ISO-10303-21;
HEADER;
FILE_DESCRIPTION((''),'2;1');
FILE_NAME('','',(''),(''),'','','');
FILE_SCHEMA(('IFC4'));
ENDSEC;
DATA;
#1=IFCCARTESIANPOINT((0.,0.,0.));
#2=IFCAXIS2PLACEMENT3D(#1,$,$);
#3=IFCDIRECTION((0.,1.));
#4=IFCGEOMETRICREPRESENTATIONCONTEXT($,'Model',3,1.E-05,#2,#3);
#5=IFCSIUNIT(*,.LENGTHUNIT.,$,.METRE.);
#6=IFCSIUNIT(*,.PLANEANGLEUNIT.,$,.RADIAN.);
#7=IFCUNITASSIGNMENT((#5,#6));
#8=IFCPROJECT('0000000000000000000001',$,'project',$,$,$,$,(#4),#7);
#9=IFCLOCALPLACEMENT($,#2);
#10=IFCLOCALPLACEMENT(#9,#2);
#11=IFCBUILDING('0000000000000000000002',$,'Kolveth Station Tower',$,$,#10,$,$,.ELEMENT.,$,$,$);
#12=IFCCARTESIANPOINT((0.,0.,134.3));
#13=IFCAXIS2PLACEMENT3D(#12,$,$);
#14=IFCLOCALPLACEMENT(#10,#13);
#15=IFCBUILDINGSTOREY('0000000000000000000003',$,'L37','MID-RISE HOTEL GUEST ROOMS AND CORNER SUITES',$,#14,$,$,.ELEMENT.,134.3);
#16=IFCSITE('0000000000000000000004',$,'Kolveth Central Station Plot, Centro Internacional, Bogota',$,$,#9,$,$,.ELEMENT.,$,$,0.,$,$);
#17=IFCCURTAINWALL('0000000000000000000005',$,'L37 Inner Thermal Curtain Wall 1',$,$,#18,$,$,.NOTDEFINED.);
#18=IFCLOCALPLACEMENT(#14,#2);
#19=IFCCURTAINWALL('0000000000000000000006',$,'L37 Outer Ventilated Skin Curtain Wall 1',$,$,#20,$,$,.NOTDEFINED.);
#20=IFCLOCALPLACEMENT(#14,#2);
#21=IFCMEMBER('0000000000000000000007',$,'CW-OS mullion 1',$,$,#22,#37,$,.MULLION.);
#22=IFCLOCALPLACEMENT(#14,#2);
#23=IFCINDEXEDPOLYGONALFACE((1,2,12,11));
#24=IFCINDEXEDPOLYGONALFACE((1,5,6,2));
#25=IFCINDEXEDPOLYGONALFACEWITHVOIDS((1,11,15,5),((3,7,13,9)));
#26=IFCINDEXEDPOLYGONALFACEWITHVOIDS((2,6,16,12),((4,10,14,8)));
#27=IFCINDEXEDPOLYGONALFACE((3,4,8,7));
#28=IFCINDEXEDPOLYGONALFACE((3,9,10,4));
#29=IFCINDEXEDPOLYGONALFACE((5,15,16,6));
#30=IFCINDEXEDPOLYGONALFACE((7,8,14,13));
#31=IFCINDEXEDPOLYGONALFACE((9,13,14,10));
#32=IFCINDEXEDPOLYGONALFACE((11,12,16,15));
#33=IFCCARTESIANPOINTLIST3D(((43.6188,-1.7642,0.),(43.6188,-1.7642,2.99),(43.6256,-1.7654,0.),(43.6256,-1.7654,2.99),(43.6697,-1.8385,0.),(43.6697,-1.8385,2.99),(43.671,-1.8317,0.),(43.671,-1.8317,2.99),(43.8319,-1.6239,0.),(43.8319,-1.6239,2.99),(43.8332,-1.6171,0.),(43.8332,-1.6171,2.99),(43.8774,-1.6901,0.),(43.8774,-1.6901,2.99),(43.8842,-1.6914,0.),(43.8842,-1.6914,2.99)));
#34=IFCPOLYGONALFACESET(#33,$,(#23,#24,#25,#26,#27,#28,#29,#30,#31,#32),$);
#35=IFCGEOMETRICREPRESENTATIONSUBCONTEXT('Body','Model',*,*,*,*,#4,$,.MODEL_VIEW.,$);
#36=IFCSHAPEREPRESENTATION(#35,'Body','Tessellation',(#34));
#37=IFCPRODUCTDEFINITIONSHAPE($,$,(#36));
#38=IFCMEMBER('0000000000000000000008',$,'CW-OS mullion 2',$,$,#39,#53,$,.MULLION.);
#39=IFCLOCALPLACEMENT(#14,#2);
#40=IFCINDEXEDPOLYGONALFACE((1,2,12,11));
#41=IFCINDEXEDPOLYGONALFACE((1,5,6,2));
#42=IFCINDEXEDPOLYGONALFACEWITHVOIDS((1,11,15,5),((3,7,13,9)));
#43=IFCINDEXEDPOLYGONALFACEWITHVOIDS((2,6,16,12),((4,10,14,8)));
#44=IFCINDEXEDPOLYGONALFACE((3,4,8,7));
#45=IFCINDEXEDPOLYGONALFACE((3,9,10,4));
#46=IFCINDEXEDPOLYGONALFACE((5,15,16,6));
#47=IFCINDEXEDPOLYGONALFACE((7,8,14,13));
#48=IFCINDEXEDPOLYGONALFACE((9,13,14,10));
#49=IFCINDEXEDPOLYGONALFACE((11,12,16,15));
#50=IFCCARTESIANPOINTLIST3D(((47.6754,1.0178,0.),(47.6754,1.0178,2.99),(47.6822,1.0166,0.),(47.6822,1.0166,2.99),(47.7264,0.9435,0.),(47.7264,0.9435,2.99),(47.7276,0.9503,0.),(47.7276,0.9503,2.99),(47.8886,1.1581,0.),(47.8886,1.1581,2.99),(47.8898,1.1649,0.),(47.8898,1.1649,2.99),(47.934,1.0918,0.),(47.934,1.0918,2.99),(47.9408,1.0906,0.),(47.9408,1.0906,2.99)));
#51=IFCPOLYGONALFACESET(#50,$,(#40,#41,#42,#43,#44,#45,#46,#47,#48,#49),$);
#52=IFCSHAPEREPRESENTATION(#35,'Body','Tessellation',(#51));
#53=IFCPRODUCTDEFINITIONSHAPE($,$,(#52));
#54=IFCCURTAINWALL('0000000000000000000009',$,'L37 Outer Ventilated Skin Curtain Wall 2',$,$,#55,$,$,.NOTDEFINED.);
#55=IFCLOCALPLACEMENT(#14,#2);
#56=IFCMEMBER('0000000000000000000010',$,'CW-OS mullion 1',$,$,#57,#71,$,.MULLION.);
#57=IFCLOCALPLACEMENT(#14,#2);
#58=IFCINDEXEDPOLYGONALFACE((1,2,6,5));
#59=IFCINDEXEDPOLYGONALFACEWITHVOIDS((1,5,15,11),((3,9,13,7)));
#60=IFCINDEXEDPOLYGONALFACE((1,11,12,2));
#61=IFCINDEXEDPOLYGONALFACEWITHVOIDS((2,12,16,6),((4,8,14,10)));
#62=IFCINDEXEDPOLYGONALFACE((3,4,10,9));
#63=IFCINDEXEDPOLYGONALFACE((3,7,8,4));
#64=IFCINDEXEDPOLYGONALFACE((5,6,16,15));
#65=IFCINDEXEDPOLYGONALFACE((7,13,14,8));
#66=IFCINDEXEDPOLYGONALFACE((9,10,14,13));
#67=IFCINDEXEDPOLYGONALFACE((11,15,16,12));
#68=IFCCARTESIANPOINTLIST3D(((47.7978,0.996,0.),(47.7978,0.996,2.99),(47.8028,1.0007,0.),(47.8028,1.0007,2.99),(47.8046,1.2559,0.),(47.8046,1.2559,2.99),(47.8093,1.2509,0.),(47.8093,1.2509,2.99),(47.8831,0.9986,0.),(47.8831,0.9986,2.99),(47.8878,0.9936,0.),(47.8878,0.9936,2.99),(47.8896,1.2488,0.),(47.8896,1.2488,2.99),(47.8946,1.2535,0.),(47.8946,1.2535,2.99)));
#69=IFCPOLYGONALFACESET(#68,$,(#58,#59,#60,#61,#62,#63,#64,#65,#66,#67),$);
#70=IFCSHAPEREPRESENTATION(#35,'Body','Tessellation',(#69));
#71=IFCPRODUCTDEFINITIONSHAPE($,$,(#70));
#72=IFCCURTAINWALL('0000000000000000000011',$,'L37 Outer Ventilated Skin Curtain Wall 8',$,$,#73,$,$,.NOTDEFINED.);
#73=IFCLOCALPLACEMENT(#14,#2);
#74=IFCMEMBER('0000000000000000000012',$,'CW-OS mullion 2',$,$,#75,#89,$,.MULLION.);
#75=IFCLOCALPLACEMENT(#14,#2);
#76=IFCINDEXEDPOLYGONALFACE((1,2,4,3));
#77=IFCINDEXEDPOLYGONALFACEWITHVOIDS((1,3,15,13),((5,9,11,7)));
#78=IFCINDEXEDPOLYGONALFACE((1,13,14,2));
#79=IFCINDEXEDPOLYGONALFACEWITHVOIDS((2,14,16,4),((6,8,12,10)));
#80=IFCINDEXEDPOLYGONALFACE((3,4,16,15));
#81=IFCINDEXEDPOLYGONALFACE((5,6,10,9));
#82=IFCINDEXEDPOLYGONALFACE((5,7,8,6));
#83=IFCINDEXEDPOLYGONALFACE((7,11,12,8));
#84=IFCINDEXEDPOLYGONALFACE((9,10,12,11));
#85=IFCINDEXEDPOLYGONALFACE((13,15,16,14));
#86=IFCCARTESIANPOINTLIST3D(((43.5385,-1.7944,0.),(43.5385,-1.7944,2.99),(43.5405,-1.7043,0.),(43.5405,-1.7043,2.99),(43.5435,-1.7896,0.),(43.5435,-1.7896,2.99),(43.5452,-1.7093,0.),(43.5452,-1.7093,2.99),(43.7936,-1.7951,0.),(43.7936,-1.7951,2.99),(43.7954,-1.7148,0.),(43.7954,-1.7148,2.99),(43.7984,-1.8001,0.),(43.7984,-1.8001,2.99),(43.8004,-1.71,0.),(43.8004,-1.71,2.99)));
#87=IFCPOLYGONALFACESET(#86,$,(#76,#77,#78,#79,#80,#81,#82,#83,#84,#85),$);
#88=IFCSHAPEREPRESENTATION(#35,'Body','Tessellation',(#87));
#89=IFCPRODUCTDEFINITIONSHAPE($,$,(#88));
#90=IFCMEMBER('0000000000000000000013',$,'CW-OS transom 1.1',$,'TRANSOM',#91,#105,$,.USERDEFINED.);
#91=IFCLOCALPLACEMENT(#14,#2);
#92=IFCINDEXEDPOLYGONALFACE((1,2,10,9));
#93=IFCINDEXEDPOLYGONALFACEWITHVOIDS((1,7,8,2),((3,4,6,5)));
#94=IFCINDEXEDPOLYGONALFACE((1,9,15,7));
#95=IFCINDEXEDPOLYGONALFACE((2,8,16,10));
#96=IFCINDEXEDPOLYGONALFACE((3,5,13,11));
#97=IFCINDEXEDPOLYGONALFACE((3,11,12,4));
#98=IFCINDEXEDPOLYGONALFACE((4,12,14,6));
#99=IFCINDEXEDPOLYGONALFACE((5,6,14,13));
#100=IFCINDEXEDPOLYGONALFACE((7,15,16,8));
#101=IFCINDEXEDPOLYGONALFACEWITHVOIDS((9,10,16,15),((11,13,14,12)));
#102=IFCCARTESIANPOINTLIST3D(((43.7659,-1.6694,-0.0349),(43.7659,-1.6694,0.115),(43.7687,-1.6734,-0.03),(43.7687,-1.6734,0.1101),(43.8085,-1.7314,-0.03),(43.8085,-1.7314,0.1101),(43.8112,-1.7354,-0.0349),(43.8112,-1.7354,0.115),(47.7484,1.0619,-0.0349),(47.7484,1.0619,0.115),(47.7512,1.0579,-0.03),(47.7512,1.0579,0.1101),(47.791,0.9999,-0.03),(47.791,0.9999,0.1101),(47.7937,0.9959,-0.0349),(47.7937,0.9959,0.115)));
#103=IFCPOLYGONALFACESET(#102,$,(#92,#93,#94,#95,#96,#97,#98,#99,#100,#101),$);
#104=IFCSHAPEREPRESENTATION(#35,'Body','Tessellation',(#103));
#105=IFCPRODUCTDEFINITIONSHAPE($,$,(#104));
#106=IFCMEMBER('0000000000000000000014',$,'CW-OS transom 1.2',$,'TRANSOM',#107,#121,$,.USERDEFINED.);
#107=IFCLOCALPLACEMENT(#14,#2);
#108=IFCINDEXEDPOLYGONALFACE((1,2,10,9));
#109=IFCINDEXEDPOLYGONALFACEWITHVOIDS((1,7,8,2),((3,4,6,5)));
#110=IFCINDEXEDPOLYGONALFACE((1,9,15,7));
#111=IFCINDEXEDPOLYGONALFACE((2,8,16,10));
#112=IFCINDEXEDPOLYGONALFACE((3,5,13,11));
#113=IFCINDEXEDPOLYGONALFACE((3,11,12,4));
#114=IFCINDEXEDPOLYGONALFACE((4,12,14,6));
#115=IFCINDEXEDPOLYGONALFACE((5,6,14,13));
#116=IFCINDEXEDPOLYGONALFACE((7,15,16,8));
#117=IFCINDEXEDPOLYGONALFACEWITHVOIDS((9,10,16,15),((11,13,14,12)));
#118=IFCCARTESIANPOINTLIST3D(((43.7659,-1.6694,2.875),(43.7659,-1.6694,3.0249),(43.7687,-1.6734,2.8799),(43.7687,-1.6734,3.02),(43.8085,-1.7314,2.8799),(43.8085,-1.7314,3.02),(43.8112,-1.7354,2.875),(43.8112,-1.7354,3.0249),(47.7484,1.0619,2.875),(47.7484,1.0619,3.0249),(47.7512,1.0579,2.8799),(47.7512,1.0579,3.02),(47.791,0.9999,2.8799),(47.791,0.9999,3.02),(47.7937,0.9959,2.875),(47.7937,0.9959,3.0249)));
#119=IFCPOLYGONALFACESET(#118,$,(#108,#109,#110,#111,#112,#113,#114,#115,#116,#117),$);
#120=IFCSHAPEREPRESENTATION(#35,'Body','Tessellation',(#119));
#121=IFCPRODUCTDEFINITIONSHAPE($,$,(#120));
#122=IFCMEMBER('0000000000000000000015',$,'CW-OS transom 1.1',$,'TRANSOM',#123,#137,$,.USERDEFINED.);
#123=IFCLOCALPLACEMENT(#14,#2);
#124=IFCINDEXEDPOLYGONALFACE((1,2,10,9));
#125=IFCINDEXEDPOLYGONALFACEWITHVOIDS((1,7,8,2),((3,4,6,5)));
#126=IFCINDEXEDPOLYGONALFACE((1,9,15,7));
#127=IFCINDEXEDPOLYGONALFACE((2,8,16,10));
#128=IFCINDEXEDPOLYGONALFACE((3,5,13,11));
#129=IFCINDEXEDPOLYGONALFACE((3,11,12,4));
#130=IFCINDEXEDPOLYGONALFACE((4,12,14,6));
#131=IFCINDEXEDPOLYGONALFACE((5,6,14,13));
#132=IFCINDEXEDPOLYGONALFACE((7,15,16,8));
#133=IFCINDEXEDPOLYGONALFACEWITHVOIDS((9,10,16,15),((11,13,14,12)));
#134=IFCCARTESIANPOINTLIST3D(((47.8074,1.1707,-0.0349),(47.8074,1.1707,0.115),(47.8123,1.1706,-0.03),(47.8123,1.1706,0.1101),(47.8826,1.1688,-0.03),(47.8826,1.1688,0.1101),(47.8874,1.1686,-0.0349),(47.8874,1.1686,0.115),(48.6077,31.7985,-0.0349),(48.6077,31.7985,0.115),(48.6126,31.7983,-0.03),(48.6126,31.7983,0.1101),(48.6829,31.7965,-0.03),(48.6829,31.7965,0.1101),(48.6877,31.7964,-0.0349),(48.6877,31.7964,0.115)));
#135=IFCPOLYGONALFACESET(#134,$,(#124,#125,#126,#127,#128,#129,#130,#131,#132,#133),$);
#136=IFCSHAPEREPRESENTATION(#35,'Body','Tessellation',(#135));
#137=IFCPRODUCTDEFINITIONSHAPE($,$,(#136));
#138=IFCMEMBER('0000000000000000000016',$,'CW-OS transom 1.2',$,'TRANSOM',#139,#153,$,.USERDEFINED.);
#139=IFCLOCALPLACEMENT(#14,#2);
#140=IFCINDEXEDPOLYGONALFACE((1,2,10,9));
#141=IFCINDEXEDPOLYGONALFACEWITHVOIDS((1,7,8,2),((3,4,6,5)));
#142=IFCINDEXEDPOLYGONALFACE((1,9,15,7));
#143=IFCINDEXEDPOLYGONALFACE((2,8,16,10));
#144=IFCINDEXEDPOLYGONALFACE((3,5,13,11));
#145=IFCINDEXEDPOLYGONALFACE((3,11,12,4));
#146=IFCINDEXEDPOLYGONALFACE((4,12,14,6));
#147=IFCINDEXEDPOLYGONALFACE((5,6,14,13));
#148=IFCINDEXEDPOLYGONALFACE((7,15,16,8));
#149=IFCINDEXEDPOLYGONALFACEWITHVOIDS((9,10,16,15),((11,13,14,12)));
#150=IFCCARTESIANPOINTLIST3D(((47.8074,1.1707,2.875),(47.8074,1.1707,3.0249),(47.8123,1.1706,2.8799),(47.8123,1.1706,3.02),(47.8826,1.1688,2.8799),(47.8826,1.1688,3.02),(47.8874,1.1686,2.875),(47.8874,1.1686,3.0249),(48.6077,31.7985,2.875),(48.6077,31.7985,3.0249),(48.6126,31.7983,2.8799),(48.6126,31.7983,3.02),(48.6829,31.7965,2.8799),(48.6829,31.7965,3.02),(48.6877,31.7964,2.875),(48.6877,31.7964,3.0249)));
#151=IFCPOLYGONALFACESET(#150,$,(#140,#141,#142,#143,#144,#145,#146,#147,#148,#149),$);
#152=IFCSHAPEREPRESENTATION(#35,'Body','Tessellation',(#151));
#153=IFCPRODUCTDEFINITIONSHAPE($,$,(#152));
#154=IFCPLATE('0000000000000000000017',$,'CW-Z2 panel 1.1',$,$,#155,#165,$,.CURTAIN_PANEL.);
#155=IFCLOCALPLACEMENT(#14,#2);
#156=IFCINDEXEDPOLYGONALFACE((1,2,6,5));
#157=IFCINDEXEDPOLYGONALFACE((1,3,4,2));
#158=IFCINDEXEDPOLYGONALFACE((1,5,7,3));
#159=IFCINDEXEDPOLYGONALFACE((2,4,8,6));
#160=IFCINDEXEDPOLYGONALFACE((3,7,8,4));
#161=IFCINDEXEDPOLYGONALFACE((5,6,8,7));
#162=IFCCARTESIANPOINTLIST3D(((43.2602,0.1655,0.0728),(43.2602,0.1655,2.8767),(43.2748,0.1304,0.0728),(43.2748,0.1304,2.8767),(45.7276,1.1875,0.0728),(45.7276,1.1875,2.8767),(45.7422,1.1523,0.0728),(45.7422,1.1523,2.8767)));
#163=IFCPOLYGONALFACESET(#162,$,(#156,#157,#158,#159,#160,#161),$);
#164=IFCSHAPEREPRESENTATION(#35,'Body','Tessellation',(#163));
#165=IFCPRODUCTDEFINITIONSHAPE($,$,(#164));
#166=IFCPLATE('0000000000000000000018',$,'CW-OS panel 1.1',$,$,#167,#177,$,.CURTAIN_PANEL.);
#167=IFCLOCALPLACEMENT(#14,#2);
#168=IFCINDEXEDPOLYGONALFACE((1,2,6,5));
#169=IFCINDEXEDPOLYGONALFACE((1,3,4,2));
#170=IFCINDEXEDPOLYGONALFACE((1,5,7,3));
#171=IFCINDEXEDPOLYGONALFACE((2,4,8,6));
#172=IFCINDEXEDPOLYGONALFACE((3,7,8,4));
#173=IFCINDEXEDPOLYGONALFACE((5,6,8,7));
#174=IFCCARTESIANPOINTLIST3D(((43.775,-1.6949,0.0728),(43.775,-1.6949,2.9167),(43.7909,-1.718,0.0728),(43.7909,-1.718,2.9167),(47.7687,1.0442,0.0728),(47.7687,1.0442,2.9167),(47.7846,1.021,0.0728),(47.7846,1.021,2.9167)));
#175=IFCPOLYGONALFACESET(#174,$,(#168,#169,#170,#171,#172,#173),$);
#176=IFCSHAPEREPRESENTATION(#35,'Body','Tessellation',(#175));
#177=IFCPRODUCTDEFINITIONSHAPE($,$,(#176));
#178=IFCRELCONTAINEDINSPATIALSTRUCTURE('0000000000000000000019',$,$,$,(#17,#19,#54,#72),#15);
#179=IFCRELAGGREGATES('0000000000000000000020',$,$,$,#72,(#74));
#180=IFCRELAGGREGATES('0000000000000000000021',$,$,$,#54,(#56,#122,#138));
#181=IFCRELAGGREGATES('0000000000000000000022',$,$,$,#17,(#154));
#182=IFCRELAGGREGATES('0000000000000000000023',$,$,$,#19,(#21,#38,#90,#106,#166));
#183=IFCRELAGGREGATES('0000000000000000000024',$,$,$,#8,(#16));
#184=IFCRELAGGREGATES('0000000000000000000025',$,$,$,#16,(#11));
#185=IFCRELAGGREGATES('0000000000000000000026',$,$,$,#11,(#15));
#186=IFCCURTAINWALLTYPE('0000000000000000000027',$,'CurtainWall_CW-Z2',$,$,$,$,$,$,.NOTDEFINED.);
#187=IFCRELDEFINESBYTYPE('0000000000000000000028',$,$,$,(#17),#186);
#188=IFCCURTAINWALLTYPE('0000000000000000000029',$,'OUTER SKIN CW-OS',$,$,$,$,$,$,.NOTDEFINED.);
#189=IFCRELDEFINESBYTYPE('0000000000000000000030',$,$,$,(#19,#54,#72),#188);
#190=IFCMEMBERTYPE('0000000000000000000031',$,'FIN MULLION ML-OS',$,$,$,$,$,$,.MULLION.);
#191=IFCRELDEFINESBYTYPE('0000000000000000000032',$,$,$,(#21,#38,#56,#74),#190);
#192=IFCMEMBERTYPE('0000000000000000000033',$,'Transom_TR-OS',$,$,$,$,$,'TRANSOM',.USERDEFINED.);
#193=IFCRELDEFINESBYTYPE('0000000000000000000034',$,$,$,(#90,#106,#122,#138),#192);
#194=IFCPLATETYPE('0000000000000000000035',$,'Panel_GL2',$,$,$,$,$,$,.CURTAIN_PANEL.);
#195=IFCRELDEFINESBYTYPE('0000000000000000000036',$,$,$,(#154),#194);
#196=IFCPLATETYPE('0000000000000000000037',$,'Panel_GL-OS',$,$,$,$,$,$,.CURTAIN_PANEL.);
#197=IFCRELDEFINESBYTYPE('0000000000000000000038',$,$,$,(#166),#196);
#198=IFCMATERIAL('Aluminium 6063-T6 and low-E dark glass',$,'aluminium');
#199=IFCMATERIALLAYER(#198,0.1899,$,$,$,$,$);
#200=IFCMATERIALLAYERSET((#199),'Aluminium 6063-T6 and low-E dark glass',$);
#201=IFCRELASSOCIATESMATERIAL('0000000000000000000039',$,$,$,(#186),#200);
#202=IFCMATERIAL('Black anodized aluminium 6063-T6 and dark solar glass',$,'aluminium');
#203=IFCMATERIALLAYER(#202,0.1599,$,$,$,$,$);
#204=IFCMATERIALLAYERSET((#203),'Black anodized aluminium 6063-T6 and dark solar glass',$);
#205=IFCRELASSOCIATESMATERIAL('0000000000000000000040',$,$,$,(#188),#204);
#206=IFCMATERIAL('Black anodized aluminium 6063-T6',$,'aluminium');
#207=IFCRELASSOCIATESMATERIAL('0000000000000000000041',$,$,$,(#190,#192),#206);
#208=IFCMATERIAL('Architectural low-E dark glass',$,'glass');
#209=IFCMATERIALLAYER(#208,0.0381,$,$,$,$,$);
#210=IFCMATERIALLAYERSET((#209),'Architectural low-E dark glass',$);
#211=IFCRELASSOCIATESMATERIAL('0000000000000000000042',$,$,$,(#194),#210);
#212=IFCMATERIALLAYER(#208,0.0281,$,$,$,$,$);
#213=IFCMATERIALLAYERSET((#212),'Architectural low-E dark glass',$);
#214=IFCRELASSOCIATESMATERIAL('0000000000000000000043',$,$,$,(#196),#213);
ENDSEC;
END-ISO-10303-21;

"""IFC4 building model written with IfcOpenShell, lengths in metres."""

from ifc_helpers import new_model, si_unit, direction, frame, origin, origin_2d, place, context, subcontext, project, spatial, rectangle, hollow_rectangle, extrude, source, transform, mapped, material, layer, layer_set, material_profile, profile_set, type_object, element, aggregate, save


model = new_model("IFC4")

# Units and contexts
model_context = context("Model", 3, precision=1e-05, world=origin(), true_north=direction((0.0, 1.0)))
body_context = subcontext(model_context, "Body", "Model", "MODEL_VIEW")
ifc_project = project(units=[si_unit("LENGTHUNIT", "METRE"), si_unit("PLANEANGLEUNIT", "RADIAN")], contexts=[model_context])

# Site, building, storey
site_placement = place(None, origin())
site = spatial("IfcSite", under=ifc_project, at=site_placement, Name="Kolveth Central Station Plot, Centro Internacional, Bogota", CompositionType="ELEMENT", RefElevation=0.0)
building_placement = place(site_placement, origin())
building = spatial("IfcBuilding", under=site, at=building_placement, Name="Kolveth Station Tower", CompositionType="ELEMENT")
storey_placement = place(building_placement, frame((0.0, 0.0, 134.3)))
storey = spatial("IfcBuildingStorey", under=building, at=storey_placement, Name="L37", Description="MID-RISE HOTEL GUEST ROOMS AND CORNER SUITES", CompositionType="ELEMENT", Elevation=134.3)

# Curtain wall
ifc_material_1 = material(Name="Aluminium 6063-T6 and low-E dark glass", Category="aluminium")
ifc_layer_1 = layer(ifc_material_1, 0.1899)
ifc_layer_set_1 = layer_set([ifc_layer_1], Name="Aluminium 6063-T6 and low-E dark glass")
curtain_wall_type_1 = type_object("IfcCurtainWallType", Name="CurtainWall_CW-Z2", PredefinedType="NOTDEFINED", material=ifc_layer_set_1)
curtain_wall_1_placement = place(storey_placement, origin())
curtain_wall_1 = element("IfcCurtainWall", 1, at=curtain_wall_1_placement, inside=storey, type_object=curtain_wall_type_1, Name="L37 Inner Thermal Curtain Wall 1", PredefinedType="NOTDEFINED")
ifc_material_2 = material(Name="Black anodized aluminium 6063-T6", Category="aluminium")

# Curtain wall, members
ifc_material_3 = material(Name="Black anodized aluminium 6063-T6 and dark solar glass", Category="aluminium")
ifc_layer_2 = layer(ifc_material_3, 0.1599)
ifc_layer_set_2 = layer_set([ifc_layer_2], Name="Black anodized aluminium 6063-T6 and dark solar glass")
curtain_wall_type_2 = type_object("IfcCurtainWallType", Name="OUTER SKIN CW-OS", PredefinedType="NOTDEFINED", material=ifc_layer_set_2)
curtain_wall_2_placement = place(storey_placement, origin())
curtain_wall_2 = element("IfcCurtainWall", 2, at=curtain_wall_2_placement, inside=storey, type_object=curtain_wall_type_2, Name="L37 Outer Ventilated Skin Curtain Wall 1", PredefinedType="NOTDEFINED")
ifc_material_profile_1 = material_profile(ifc_material_2, hollow_rectangle(XDim=0.0901, YDim=0.26, WallThickness=0.0049, at=origin_2d()), Name="ALU-90x260x5")
ifc_profile_set_1 = profile_set([ifc_material_profile_1], Name="Black anodized aluminium 6063-T6")
member_type_1 = type_object("IfcMemberType", Name="FIN MULLION ML-OS", PredefinedType="MULLION", material=ifc_profile_set_1)
shared_shape_1 = source(origin(), body_context, "Body", "SweptSolid", [
    extrude(hollow_rectangle(XDim=0.0901, YDim=0.26, WallThickness=0.0049, at=origin_2d()), origin(), (0.0, 0.0, 1.0), 2.99),
])
member_1_placement = place(storey_placement, frame((43.7515, -1.7278, 0.0), z_axis=(0.0, 0.0, 1.0), x_axis=(-0.565599, 0.82468, 0.0)))
member_1 = element("IfcMember", 3, at=member_1_placement, type_object=member_type_1, Name="CW-OS mullion 1", PredefinedType="MULLION", context=body_context, shape_type="MappedRepresentation", body=[
    mapped(shared_shape_1, transform((0.0, 0.0, 0.0), x_axis=(1.0, 0.0, 0.0), y_axis=(0.0, 1.0, 0.0), z_axis=(0.0, 0.0, 1.0), scale=1.0)),
])
member_2_placement = place(storey_placement, frame((47.8081, 1.0542, 0.0), z_axis=(0.0, 0.0, 1.0), x_axis=(-0.565599, 0.82468, 0.0)))
member_2 = element("IfcMember", 4, at=member_2_placement, type_object=member_type_1, Name="CW-OS mullion 2", PredefinedType="MULLION", context=body_context, shape_type="MappedRepresentation", body=[
    mapped(shared_shape_1, transform((0.0, 0.0, 0.0), x_axis=(1.0, 0.0, 0.0), y_axis=(0.0, 1.0, 0.0), z_axis=(0.0, 0.0, 1.0), scale=1.0)),
])

# Curtain walls, members
curtain_wall_3_placement = place(storey_placement, origin())
curtain_wall_3 = element("IfcCurtainWall", 5, at=curtain_wall_3_placement, inside=storey, type_object=curtain_wall_type_2, Name="L37 Outer Ventilated Skin Curtain Wall 2", PredefinedType="NOTDEFINED")
member_3_placement = place(storey_placement, frame((47.8462, 1.1248, 0.0), z_axis=(0.0, 0.0, 1.0), x_axis=(-0.999659, 0.026118, 0.0)))
member_3 = element("IfcMember", 6, at=member_3_placement, type_object=member_type_1, Name="CW-OS mullion 1", PredefinedType="MULLION", context=body_context, shape_type="MappedRepresentation", body=[
    mapped(shared_shape_1, transform((0.0, 0.0, 0.0), x_axis=(1.0, 0.0, 0.0), y_axis=(0.0, 1.0, 0.0), z_axis=(0.0, 0.0, 1.0), scale=1.0)),
])
curtain_wall_4_placement = place(storey_placement, origin())
curtain_wall_4 = element("IfcCurtainWall", 7, at=curtain_wall_4_placement, inside=storey, type_object=curtain_wall_type_2, Name="L37 Outer Ventilated Skin Curtain Wall 8", PredefinedType="NOTDEFINED")
member_4_placement = place(storey_placement, frame((43.6694, -1.7522, 0.0), z_axis=(0.0, 0.0, 1.0), x_axis=(0.022084, 0.999756, 0.0)))
member_4 = element("IfcMember", 8, at=member_4_placement, type_object=member_type_1, Name="CW-OS mullion 2", PredefinedType="MULLION", context=body_context, shape_type="MappedRepresentation", body=[
    mapped(shared_shape_1, transform((0.0, 0.0, 0.0), x_axis=(1.0, 0.0, 0.0), y_axis=(0.0, 1.0, 0.0), z_axis=(0.0, 0.0, 1.0), scale=1.0)),
])
aggregate(curtain_wall_4, [member_4])

# Members
ifc_material_profile_2 = material_profile(ifc_material_2, hollow_rectangle(XDim=0.0801, YDim=0.1499, WallThickness=0.0049, at=origin_2d()), Name="ALU-80x150x5")
ifc_profile_set_2 = profile_set([ifc_material_profile_2], Name="Black anodized aluminium 6063-T6")
member_type_2 = type_object("IfcMemberType", Name="Transom_TR-OS", ElementType="TRANSOM", PredefinedType="USERDEFINED", material=ifc_profile_set_2)
shared_shape_2 = source(origin(), body_context, "Body", "SweptSolid", [
    extrude(hollow_rectangle(XDim=0.0801, YDim=0.1499, WallThickness=0.0049, at=origin_2d()), origin(), (0.0, 0.0, 1.0), 4.8291),
])
member_5_placement = place(storey_placement, frame((43.7886, -1.7024, 0.04), z_axis=(0.82469, 0.565584, 0.0), x_axis=(-0.565584, 0.82469, 0.0)))
member_5 = element("IfcMember", 9, at=member_5_placement, type_object=member_type_2, Name="CW-OS transom 1.1", ObjectType="TRANSOM", PredefinedType="USERDEFINED", context=body_context, shape_type="MappedRepresentation", body=[
    mapped(shared_shape_2, transform((0.0, 0.0, 0.0), x_axis=(1.0, 0.0, 0.0), y_axis=(0.0, 1.0, 0.0), z_axis=(0.0, 0.0, 1.0), scale=1.0)),
])
member_6_placement = place(storey_placement, frame((43.7886, -1.7024, 2.95), z_axis=(0.82469, 0.565584, 0.0), x_axis=(-0.565584, 0.82469, 0.0)))
member_6 = element("IfcMember", 10, at=member_6_placement, type_object=member_type_2, Name="CW-OS transom 1.2", ObjectType="TRANSOM", PredefinedType="USERDEFINED", context=body_context, shape_type="MappedRepresentation", body=[
    mapped(shared_shape_2, transform((0.0, 0.0, 0.0), x_axis=(1.0, 0.0, 0.0), y_axis=(0.0, 1.0, 0.0), z_axis=(0.0, 0.0, 1.0), scale=1.0)),
])
shared_shape_3 = source(origin(), body_context, "Body", "SweptSolid", [
    extrude(hollow_rectangle(XDim=0.0801, YDim=0.1499, WallThickness=0.0049, at=origin_2d()), origin(), (0.0, 0.0, 1.0), 30.6382),
])
member_7_placement = place(storey_placement, frame((47.8474, 1.1697, 0.04), z_axis=(0.026121, 0.999659, 0.0), x_axis=(-0.999659, 0.026121, 0.0)))
member_7 = element("IfcMember", 11, at=member_7_placement, type_object=member_type_2, Name="CW-OS transom 1.1", ObjectType="TRANSOM", PredefinedType="USERDEFINED", context=body_context, shape_type="MappedRepresentation", body=[
    mapped(shared_shape_3, transform((0.0, 0.0, 0.0), x_axis=(1.0, 0.0, 0.0), y_axis=(0.0, 1.0, 0.0), z_axis=(0.0, 0.0, 1.0), scale=1.0)),
])
member_8_placement = place(storey_placement, frame((47.8474, 1.1697, 2.95), z_axis=(0.026121, 0.999659, 0.0), x_axis=(-0.999659, 0.026121, 0.0)))
member_8 = element("IfcMember", 12, at=member_8_placement, type_object=member_type_2, Name="CW-OS transom 1.2", ObjectType="TRANSOM", PredefinedType="USERDEFINED", context=body_context, shape_type="MappedRepresentation", body=[
    mapped(shared_shape_3, transform((0.0, 0.0, 0.0), x_axis=(1.0, 0.0, 0.0), y_axis=(0.0, 1.0, 0.0), z_axis=(0.0, 0.0, 1.0), scale=1.0)),
])
aggregate(curtain_wall_3, [member_3, member_7, member_8])

# Plates
ifc_material_4 = material(Name="Architectural low-E dark glass", Category="glass")
ifc_layer_3 = layer(ifc_material_4, 0.0381)
ifc_layer_set_3 = layer_set([ifc_layer_3], Name="Architectural low-E dark glass")
plate_type_1 = type_object("IfcPlateType", Name="Panel_GL2", PredefinedType="CURTAIN_PANEL", material=ifc_layer_set_3)
shared_shape_4 = source(origin(), body_context, "Body", "SweptSolid", [
    extrude(rectangle(XDim=2.6707, YDim=0.0381, at=origin_2d()), origin(), (0.0, 0.0, 1.0), 2.804),
])
plate_1_placement = place(storey_placement, frame((44.5012, 0.6589, 0.0728), z_axis=(0.0, 0.0, 1.0), x_axis=(0.923888, 0.382663, 0.0)))
plate_1 = element("IfcPlate", 13, at=plate_1_placement, type_object=plate_type_1, Name="CW-Z2 panel 1.1", PredefinedType="CURTAIN_PANEL", context=body_context, shape_type="MappedRepresentation", body=[
    mapped(shared_shape_4, transform((0.0, 0.0, 0.0), x_axis=(1.0, 0.0, 0.0), y_axis=(0.0, 1.0, 0.0), z_axis=(0.0, 0.0, 1.0), scale=1.0)),
])
aggregate(curtain_wall_1, [plate_1])
ifc_layer_4 = layer(ifc_material_4, 0.0281)
ifc_layer_set_4 = layer_set([ifc_layer_4], Name="Architectural low-E dark glass")
plate_type_2 = type_object("IfcPlateType", Name="Panel_GL-OS", PredefinedType="CURTAIN_PANEL", material=ifc_layer_set_4)
shared_shape_5 = source(origin(), body_context, "Body", "SweptSolid", [
    extrude(rectangle(XDim=4.8428, YDim=0.0281, at=origin_2d()), origin(), (0.0, 0.0, 1.0), 2.844),
])
plate_2_placement = place(storey_placement, frame((45.7798, -0.3369, 0.0728), z_axis=(0.0, 0.0, 1.0), x_axis=(0.82468, 0.565599, 0.0)))
plate_2 = element("IfcPlate", 14, at=plate_2_placement, type_object=plate_type_2, Name="CW-OS panel 1.1", PredefinedType="CURTAIN_PANEL", context=body_context, shape_type="MappedRepresentation", body=[
    mapped(shared_shape_5, transform((0.0, 0.0, 0.0), x_axis=(1.0, 0.0, 0.0), y_axis=(0.0, 1.0, 0.0), z_axis=(0.0, 0.0, 1.0), scale=1.0)),
])
aggregate(curtain_wall_2, [member_1, member_2, member_5, member_6, plate_2])

save(model, "model.ifc")
